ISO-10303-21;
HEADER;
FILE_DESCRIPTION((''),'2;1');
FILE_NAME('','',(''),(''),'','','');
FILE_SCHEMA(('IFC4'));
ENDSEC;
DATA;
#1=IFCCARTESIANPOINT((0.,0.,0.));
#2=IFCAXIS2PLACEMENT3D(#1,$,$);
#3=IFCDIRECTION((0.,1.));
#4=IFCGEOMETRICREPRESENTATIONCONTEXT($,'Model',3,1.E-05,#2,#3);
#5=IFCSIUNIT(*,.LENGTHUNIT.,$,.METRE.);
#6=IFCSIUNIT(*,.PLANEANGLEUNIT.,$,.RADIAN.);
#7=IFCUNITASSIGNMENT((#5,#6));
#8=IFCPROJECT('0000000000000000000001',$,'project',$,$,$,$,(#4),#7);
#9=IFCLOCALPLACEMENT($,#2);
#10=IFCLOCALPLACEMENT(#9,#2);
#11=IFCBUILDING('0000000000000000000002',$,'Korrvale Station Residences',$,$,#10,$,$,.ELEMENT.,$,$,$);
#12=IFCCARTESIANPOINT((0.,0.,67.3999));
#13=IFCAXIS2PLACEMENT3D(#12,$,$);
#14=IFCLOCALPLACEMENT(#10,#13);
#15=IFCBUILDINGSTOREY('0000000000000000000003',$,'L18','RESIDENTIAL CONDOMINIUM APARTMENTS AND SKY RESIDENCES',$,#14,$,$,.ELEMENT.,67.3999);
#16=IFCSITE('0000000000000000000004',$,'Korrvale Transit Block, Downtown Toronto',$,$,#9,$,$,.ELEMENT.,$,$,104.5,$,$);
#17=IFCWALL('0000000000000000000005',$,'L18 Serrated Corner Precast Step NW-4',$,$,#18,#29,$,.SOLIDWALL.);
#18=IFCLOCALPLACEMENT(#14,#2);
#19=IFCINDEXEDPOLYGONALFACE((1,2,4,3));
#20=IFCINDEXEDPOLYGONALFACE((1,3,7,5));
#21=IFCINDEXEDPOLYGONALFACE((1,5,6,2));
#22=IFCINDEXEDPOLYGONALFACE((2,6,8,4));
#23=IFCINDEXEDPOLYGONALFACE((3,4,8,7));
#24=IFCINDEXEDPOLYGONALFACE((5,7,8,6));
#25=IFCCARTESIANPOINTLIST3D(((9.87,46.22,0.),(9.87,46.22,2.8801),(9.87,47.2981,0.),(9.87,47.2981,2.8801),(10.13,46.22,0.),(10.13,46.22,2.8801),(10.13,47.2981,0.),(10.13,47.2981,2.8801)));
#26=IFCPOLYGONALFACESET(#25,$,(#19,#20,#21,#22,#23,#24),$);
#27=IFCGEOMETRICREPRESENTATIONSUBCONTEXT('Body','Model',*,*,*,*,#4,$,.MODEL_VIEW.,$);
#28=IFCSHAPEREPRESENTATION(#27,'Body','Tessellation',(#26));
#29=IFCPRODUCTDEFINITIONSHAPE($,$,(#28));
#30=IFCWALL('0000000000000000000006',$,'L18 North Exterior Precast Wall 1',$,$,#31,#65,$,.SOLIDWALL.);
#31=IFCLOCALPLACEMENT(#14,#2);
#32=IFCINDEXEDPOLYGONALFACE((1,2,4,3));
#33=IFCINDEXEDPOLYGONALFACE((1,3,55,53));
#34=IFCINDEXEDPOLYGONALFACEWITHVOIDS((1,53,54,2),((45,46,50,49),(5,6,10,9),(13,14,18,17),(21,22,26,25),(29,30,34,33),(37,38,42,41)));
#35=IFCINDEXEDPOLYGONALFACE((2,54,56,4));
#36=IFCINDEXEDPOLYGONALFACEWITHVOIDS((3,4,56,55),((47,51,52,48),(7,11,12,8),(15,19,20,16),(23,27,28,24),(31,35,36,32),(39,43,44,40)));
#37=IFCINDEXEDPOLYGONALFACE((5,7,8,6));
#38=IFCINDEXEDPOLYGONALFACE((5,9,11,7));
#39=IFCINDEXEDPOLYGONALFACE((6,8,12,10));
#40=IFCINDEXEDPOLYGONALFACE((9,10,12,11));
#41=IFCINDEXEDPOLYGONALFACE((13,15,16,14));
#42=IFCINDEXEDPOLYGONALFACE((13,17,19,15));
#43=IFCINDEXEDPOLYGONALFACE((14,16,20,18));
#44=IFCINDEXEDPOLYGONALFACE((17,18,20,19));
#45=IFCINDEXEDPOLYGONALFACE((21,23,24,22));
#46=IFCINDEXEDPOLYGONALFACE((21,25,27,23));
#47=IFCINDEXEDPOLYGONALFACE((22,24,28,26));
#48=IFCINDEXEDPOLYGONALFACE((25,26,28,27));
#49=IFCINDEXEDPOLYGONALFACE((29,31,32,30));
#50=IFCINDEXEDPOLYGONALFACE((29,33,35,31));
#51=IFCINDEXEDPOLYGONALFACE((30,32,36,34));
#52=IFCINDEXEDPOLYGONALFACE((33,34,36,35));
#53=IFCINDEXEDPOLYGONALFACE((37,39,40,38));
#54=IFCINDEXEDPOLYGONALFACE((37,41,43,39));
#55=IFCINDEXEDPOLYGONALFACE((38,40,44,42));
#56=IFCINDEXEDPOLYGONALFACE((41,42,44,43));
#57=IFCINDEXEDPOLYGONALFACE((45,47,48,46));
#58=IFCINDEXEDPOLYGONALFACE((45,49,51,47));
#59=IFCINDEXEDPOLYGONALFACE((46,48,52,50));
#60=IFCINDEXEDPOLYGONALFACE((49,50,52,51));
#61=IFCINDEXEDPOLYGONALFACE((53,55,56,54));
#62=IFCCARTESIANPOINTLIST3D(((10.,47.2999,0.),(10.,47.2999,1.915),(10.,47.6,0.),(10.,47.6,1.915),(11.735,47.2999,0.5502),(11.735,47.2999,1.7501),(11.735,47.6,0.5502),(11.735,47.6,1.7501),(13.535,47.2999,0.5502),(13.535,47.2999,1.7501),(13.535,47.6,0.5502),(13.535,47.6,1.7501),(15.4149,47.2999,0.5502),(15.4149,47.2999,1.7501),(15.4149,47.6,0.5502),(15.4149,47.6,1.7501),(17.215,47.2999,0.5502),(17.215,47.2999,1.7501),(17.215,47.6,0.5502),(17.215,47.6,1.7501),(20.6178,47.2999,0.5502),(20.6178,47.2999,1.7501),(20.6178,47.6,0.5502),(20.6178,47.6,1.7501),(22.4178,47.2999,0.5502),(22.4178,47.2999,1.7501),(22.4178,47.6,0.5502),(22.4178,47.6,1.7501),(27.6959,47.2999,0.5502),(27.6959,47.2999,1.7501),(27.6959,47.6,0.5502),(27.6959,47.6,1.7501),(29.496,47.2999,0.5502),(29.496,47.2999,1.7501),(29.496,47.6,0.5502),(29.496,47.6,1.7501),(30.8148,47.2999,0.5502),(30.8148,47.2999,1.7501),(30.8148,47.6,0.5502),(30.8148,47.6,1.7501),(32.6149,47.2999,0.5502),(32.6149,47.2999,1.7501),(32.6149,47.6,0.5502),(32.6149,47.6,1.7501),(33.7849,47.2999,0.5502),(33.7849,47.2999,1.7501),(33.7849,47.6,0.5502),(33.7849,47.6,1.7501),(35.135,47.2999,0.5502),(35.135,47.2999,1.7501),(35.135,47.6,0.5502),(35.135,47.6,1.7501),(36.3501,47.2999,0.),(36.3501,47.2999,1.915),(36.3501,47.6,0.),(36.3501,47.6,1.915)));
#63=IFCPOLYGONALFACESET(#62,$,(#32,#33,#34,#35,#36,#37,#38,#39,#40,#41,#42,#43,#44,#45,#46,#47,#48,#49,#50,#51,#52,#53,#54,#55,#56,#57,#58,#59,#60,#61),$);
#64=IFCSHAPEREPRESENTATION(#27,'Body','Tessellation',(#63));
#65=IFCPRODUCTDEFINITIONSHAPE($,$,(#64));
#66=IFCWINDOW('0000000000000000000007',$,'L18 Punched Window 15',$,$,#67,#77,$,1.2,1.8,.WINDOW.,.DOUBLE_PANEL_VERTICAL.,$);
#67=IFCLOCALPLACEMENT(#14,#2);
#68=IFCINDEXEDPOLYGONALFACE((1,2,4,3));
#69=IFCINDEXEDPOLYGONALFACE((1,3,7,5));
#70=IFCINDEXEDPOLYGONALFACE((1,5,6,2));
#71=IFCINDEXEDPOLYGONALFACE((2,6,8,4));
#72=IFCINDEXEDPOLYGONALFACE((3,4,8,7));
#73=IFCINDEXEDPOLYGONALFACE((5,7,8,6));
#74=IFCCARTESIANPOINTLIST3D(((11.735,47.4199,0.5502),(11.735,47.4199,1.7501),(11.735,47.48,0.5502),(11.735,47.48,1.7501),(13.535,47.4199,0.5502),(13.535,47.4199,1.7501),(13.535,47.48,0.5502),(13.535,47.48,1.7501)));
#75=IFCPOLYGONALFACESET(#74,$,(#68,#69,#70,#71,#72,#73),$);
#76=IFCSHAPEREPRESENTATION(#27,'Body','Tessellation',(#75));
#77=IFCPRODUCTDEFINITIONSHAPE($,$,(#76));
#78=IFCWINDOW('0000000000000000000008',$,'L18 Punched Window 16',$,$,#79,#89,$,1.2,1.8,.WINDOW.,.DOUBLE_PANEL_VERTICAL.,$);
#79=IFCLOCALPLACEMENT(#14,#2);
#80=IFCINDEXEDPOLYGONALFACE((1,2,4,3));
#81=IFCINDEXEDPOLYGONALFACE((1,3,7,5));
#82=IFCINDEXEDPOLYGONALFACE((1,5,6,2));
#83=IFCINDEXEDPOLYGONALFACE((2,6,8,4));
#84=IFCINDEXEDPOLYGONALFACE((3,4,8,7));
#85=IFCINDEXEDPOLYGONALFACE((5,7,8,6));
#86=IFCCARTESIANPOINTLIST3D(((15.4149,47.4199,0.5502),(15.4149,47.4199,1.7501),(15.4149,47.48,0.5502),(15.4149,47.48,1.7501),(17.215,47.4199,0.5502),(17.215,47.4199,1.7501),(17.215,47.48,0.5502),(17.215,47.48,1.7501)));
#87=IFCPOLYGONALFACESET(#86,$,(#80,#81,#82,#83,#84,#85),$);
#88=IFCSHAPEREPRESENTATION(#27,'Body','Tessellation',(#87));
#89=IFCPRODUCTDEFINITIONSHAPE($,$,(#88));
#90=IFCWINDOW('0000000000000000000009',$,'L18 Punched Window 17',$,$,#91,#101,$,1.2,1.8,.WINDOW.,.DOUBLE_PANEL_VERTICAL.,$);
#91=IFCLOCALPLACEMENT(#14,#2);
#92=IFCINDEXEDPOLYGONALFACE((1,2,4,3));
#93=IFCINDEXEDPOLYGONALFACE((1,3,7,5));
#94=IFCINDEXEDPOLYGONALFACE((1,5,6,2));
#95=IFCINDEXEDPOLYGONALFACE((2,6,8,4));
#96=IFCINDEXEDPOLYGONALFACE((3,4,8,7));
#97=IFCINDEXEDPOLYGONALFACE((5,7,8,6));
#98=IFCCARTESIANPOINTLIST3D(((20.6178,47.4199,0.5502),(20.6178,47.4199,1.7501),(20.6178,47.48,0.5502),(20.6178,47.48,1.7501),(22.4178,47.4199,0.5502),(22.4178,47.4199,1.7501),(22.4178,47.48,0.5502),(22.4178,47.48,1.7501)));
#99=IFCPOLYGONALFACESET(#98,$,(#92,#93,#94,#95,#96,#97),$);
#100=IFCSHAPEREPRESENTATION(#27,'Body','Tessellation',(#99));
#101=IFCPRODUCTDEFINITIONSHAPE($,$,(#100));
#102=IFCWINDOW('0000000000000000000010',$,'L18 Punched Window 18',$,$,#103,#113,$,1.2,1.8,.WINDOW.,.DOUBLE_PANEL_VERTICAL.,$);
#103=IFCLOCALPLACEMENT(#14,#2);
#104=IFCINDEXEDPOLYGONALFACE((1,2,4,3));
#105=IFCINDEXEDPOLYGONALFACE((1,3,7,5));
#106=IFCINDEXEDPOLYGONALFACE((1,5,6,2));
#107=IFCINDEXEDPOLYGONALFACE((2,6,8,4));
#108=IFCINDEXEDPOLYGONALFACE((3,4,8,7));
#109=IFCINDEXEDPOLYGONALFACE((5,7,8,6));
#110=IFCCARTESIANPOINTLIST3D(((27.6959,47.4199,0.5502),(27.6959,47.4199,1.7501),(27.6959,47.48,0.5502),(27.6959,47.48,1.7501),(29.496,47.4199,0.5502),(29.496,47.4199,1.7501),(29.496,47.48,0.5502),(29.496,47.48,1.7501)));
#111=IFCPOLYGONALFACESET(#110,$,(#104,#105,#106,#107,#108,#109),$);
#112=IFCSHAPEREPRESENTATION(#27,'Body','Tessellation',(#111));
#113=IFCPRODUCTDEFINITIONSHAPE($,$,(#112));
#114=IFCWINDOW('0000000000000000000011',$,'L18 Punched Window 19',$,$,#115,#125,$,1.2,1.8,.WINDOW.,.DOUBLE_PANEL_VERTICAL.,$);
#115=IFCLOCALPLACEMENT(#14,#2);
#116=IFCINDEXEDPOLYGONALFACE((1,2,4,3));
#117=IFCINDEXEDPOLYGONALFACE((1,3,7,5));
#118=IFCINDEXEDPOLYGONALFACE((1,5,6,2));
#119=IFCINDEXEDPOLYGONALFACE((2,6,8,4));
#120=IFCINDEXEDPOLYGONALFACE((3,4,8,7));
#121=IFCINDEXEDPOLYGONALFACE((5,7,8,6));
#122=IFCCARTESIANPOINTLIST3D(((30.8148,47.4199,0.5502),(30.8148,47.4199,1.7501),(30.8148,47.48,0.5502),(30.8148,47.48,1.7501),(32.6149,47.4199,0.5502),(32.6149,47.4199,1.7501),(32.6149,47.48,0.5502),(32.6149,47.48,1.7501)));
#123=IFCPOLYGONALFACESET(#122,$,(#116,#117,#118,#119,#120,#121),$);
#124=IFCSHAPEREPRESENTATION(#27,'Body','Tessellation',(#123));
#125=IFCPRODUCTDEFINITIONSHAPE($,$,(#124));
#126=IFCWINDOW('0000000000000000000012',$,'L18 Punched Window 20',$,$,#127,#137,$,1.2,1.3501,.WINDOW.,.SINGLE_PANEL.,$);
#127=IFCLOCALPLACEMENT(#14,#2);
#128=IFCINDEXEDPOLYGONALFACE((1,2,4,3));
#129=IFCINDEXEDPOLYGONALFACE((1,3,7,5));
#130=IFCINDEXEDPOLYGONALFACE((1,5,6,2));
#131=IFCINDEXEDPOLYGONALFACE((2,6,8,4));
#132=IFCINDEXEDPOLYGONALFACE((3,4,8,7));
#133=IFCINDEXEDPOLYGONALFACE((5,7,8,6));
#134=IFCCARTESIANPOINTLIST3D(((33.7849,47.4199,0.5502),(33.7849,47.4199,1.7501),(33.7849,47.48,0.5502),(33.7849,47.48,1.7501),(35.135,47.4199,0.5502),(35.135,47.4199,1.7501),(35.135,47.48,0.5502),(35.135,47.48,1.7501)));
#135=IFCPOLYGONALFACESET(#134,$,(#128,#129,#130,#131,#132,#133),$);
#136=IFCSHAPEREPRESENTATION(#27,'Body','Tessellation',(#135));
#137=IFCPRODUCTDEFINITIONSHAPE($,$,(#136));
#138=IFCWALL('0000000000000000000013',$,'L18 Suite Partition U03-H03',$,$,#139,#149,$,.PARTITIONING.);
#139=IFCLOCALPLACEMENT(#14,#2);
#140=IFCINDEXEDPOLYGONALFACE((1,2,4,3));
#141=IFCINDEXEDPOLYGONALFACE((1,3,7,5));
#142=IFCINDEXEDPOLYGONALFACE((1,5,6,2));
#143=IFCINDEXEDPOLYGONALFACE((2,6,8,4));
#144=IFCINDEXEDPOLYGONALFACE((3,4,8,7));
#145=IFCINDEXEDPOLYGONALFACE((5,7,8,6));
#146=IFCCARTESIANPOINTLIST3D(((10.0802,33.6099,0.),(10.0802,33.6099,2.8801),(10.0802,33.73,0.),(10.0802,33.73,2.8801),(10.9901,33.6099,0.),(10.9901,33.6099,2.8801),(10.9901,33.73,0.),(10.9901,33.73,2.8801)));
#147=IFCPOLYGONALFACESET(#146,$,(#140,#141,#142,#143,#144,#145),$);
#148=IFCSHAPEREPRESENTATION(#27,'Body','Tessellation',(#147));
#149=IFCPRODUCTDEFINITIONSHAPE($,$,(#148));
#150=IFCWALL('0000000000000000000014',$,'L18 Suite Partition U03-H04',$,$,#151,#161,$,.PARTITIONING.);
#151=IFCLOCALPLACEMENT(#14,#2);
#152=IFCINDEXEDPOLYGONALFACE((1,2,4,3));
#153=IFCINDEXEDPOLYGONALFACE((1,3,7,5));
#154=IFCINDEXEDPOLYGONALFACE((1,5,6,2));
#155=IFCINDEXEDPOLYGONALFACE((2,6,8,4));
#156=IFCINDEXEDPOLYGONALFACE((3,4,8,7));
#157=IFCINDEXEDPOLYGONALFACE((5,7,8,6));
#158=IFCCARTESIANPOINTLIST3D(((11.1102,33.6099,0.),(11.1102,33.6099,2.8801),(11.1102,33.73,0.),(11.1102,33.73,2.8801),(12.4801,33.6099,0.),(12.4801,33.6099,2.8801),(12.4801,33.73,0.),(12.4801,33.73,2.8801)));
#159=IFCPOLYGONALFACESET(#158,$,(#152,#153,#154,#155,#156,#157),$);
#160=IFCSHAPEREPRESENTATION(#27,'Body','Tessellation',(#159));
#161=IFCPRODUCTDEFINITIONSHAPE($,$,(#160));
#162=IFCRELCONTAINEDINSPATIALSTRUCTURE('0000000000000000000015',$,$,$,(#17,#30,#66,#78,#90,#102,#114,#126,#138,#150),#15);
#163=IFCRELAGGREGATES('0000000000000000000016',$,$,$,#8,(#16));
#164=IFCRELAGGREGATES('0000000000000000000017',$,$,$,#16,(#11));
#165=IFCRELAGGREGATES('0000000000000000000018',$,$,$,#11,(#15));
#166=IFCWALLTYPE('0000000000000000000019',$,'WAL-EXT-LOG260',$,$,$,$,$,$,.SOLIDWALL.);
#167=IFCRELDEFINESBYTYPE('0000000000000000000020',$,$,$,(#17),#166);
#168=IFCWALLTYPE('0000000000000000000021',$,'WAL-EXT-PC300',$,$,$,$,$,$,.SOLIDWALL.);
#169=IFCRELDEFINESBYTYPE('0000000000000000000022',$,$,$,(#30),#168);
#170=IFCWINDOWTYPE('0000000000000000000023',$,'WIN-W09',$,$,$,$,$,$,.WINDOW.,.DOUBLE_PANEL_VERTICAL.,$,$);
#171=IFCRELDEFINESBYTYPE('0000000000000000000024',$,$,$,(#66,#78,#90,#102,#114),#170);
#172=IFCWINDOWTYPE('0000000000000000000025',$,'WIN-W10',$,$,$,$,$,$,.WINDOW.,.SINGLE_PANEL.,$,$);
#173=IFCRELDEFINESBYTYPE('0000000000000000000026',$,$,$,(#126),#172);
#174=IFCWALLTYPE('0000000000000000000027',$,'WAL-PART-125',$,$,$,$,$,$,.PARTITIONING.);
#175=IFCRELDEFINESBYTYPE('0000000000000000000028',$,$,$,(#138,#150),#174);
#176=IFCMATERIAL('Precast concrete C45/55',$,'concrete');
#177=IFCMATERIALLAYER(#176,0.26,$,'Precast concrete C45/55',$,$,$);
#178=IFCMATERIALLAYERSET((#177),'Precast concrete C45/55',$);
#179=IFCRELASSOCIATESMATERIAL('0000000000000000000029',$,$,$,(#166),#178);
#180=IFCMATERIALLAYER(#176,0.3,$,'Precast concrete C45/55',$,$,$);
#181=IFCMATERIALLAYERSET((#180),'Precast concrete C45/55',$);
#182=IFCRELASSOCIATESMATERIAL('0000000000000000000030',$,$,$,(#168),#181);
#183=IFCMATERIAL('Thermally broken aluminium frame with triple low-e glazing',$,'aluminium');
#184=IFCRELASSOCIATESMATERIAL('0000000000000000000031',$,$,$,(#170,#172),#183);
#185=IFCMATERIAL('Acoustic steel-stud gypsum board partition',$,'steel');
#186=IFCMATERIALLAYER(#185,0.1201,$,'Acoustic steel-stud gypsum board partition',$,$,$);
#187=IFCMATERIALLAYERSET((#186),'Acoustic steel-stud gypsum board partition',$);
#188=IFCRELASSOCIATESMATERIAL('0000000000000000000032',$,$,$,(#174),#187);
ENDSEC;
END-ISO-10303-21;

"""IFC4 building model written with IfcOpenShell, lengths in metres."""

from ifc_helpers import new_model, si_unit, direction, frame, frame_2d, origin, place, context, subcontext, project, spatial, rectangle, extrude, material, layer, layer_set, type_object, element, fill, save


model = new_model("IFC4")

# Units and contexts
model_context = context("Model", 3, precision=1e-05, world=origin(), true_north=direction((0.0, 1.0)))
body_context = subcontext(model_context, "Body", "Model", "MODEL_VIEW")
ifc_project = project(units=[si_unit("LENGTHUNIT", "METRE"), si_unit("PLANEANGLEUNIT", "RADIAN")], contexts=[model_context])

# Site, building, storey
site_placement = place(None, origin())
site = spatial("IfcSite", under=ifc_project, at=site_placement, Name="Korrvale Transit Block, Downtown Toronto", CompositionType="ELEMENT", RefElevation=104.5)
building_placement = place(site_placement, origin())
building = spatial("IfcBuilding", under=site, at=building_placement, Name="Korrvale Station Residences", CompositionType="ELEMENT")
storey_placement = place(building_placement, frame((0.0, 0.0, 67.3999)))
storey = spatial("IfcBuildingStorey", under=building, at=storey_placement, Name="L18", Description="RESIDENTIAL CONDOMINIUM APARTMENTS AND SKY RESIDENCES", CompositionType="ELEMENT", Elevation=67.3999)

# Wall
ifc_material_1 = material(Name="Precast concrete C45/55", Category="concrete")
ifc_layer_1 = layer(ifc_material_1, 0.26, Name="Precast concrete C45/55")
ifc_layer_set_1 = layer_set([ifc_layer_1], Name="Precast concrete C45/55")
wall_type_1 = type_object("IfcWallType", Name="WAL-EXT-LOG260", PredefinedType="SOLIDWALL", material=ifc_layer_set_1)
wall_1_placement = place(storey_placement, frame((10.0, 46.22, 0.0), z_axis=(0.0, 0.0, 1.0), x_axis=(0.0, 1.0, 0.0)))
element("IfcWall", 1, at=wall_1_placement, inside=storey, type_object=wall_type_1, Name="L18 Serrated Corner Precast Step NW-4", PredefinedType="SOLIDWALL", context=body_context, shape_type="SweptSolid", body=[
    extrude(rectangle(XDim=1.0781, YDim=0.26, at=frame_2d((0.5391, 0.0))), origin(), (0.0, 0.0, 1.0), 2.8801),
])

# Wall, openings, windows
ifc_layer_2 = layer(ifc_material_1, 0.3, Name="Precast concrete C45/55")
ifc_layer_set_2 = layer_set([ifc_layer_2], Name="Precast concrete C45/55")
wall_type_2 = type_object("IfcWallType", Name="WAL-EXT-PC300", PredefinedType="SOLIDWALL", material=ifc_layer_set_2)
wall_2_placement = place(storey_placement, frame((10.0, 47.45, 0.0), z_axis=(0.0, 0.0, 1.0), x_axis=(1.0, 0.0, 0.0)))
wall_2 = element("IfcWall", 2, at=wall_2_placement, inside=storey, type_object=wall_type_2, Name="L18 North Exterior Precast Wall 1", PredefinedType="SOLIDWALL", context=body_context, shape_type="SweptSolid", body=[
    extrude(rectangle(XDim=26.3501, YDim=0.3, at=frame_2d((13.175, 0.0))), origin(), (0.0, 0.0, 1.0), 1.915),
])
opening_1_placement = place(wall_2_placement, frame((1.7351, 0.0, 0.55)))
opening_1 = element("IfcOpeningElement", 3, at=opening_1_placement, cuts=wall_2, PredefinedType="OPENING", context=body_context, shape_type="SweptSolid", body=[
    extrude(rectangle(XDim=1.8, YDim=1.2, at=frame_2d((0.8999, 0.6001))), frame((0.0, 0.1602, 0.0), z_axis=(0.0, -1.0, 0.0), x_axis=(1.0, 0.0, 0.0)), (0.0, 0.0, 1.0), 0.3201),
])
opening_2_placement = place(wall_2_placement, frame((5.415, 0.0, 0.55)))
opening_2 = element("IfcOpeningElement", 4, at=opening_2_placement, cuts=wall_2, PredefinedType="OPENING", context=body_context, shape_type="SweptSolid", body=[
    extrude(rectangle(XDim=1.8, YDim=1.2, at=frame_2d((0.8999, 0.6001))), frame((0.0, 0.1602, 0.0), z_axis=(0.0, -1.0, 0.0), x_axis=(1.0, 0.0, 0.0)), (0.0, 0.0, 1.0), 0.3201),
])
opening_3_placement = place(wall_2_placement, frame((10.6179, 0.0, 0.55)))
opening_3 = element("IfcOpeningElement", 5, at=opening_3_placement, cuts=wall_2, PredefinedType="OPENING", context=body_context, shape_type="SweptSolid", body=[
    extrude(rectangle(XDim=1.8, YDim=1.2, at=frame_2d((0.8999, 0.6001))), frame((0.0, 0.1602, 0.0), z_axis=(0.0, -1.0, 0.0), x_axis=(1.0, 0.0, 0.0)), (0.0, 0.0, 1.0), 0.3201),
])
opening_4_placement = place(wall_2_placement, frame((17.696, 0.0, 0.55)))
opening_4 = element("IfcOpeningElement", 6, at=opening_4_placement, cuts=wall_2, PredefinedType="OPENING", context=body_context, shape_type="SweptSolid", body=[
    extrude(rectangle(XDim=1.8, YDim=1.2, at=frame_2d((0.8999, 0.6001))), frame((0.0, 0.1602, 0.0), z_axis=(0.0, -1.0, 0.0), x_axis=(1.0, 0.0, 0.0)), (0.0, 0.0, 1.0), 0.3201),
])
opening_5_placement = place(wall_2_placement, frame((20.8149, 0.0, 0.55)))
opening_5 = element("IfcOpeningElement", 7, at=opening_5_placement, cuts=wall_2, PredefinedType="OPENING", context=body_context, shape_type="SweptSolid", body=[
    extrude(rectangle(XDim=1.8, YDim=1.2, at=frame_2d((0.8999, 0.6001))), frame((0.0, 0.1602, 0.0), z_axis=(0.0, -1.0, 0.0), x_axis=(1.0, 0.0, 0.0)), (0.0, 0.0, 1.0), 0.3201),
])
opening_6_placement = place(wall_2_placement, frame((23.7849, 0.0, 0.55)))
opening_6 = element("IfcOpeningElement", 8, at=opening_6_placement, cuts=wall_2, PredefinedType="OPENING", context=body_context, shape_type="SweptSolid", body=[
    extrude(rectangle(XDim=1.3501, YDim=1.2, at=frame_2d((0.675, 0.6001))), frame((0.0, 0.1602, 0.0), z_axis=(0.0, -1.0, 0.0), x_axis=(1.0, 0.0, 0.0)), (0.0, 0.0, 1.0), 0.3201),
])
ifc_material_2 = material(Name="Thermally broken aluminium frame with triple low-e glazing", Category="aluminium")
window_type_1 = type_object("IfcWindowType", Name="WIN-W09", PartitioningType="DOUBLE_PANEL_VERTICAL", PredefinedType="WINDOW", material=ifc_material_2)
window_1_placement = place(opening_1_placement, origin())
window_1 = element("IfcWindow", 9, at=window_1_placement, inside=storey, type_object=window_type_1, Name="L18 Punched Window 15", OverallHeight=1.2, OverallWidth=1.8, PartitioningType="DOUBLE_PANEL_VERTICAL", PredefinedType="WINDOW", context=body_context, shape_type="SweptSolid", body=[
    extrude(rectangle(XDim=1.8, YDim=1.2, at=frame_2d((0.8999, 0.6001))), frame((0.0, 0.03, 0.0), z_axis=(0.0, -1.0, 0.0), x_axis=(1.0, 0.0, 0.0)), (0.0, 0.0, 1.0), 0.0601),
])
fill(opening_1, window_1)
window_2_placement = place(opening_2_placement, origin())
window_2 = element("IfcWindow", 10, at=window_2_placement, inside=storey, type_object=window_type_1, Name="L18 Punched Window 16", OverallHeight=1.2, OverallWidth=1.8, PartitioningType="DOUBLE_PANEL_VERTICAL", PredefinedType="WINDOW", context=body_context, shape_type="SweptSolid", body=[
    extrude(rectangle(XDim=1.8, YDim=1.2, at=frame_2d((0.8999, 0.6001))), frame((0.0, 0.03, 0.0), z_axis=(0.0, -1.0, 0.0), x_axis=(1.0, 0.0, 0.0)), (0.0, 0.0, 1.0), 0.0601),
])
fill(opening_2, window_2)
window_3_placement = place(opening_3_placement, origin())
window_3 = element("IfcWindow", 11, at=window_3_placement, inside=storey, type_object=window_type_1, Name="L18 Punched Window 17", OverallHeight=1.2, OverallWidth=1.8, PartitioningType="DOUBLE_PANEL_VERTICAL", PredefinedType="WINDOW", context=body_context, shape_type="SweptSolid", body=[
    extrude(rectangle(XDim=1.8, YDim=1.2, at=frame_2d((0.8999, 0.6001))), frame((0.0, 0.03, 0.0), z_axis=(0.0, -1.0, 0.0), x_axis=(1.0, 0.0, 0.0)), (0.0, 0.0, 1.0), 0.0601),
])
fill(opening_3, window_3)
window_4_placement = place(opening_4_placement, origin())
window_4 = element("IfcWindow", 12, at=window_4_placement, inside=storey, type_object=window_type_1, Name="L18 Punched Window 18", OverallHeight=1.2, OverallWidth=1.8, PartitioningType="DOUBLE_PANEL_VERTICAL", PredefinedType="WINDOW", context=body_context, shape_type="SweptSolid", body=[
    extrude(rectangle(XDim=1.8, YDim=1.2, at=frame_2d((0.8999, 0.6001))), frame((0.0, 0.03, 0.0), z_axis=(0.0, -1.0, 0.0), x_axis=(1.0, 0.0, 0.0)), (0.0, 0.0, 1.0), 0.0601),
])
fill(opening_4, window_4)
window_5_placement = place(opening_5_placement, origin())
window_5 = element("IfcWindow", 13, at=window_5_placement, inside=storey, type_object=window_type_1, Name="L18 Punched Window 19", OverallHeight=1.2, OverallWidth=1.8, PartitioningType="DOUBLE_PANEL_VERTICAL", PredefinedType="WINDOW", context=body_context, shape_type="SweptSolid", body=[
    extrude(rectangle(XDim=1.8, YDim=1.2, at=frame_2d((0.8999, 0.6001))), frame((0.0, 0.03, 0.0), z_axis=(0.0, -1.0, 0.0), x_axis=(1.0, 0.0, 0.0)), (0.0, 0.0, 1.0), 0.0601),
])
fill(opening_5, window_5)
window_type_2 = type_object("IfcWindowType", Name="WIN-W10", PartitioningType="SINGLE_PANEL", PredefinedType="WINDOW", material=ifc_material_2)
window_6_placement = place(opening_6_placement, origin())
window_6 = element("IfcWindow", 14, at=window_6_placement, inside=storey, type_object=window_type_2, Name="L18 Punched Window 20", OverallHeight=1.2, OverallWidth=1.3501, PartitioningType="SINGLE_PANEL", PredefinedType="WINDOW", context=body_context, shape_type="SweptSolid", body=[
    extrude(rectangle(XDim=1.3501, YDim=1.2, at=frame_2d((0.675, 0.6001))), frame((0.0, 0.03, 0.0), z_axis=(0.0, -1.0, 0.0), x_axis=(1.0, 0.0, 0.0)), (0.0, 0.0, 1.0), 0.0601),
])
fill(opening_6, window_6)

# Walls
ifc_material_3 = material(Name="Acoustic steel-stud gypsum board partition", Category="steel")
ifc_layer_3 = layer(ifc_material_3, 0.1201, Name="Acoustic steel-stud gypsum board partition")
ifc_layer_set_3 = layer_set([ifc_layer_3], Name="Acoustic steel-stud gypsum board partition")
wall_type_3 = type_object("IfcWallType", Name="WAL-PART-125", PredefinedType="PARTITIONING", material=ifc_layer_set_3)
wall_3_placement = place(storey_placement, frame((10.0801, 33.6699, 0.0), z_axis=(0.0, 0.0, 1.0), x_axis=(1.0, 0.0, 0.0)))
element("IfcWall", 15, at=wall_3_placement, inside=storey, type_object=wall_type_3, Name="L18 Suite Partition U03-H03", PredefinedType="PARTITIONING", context=body_context, shape_type="SweptSolid", body=[
    extrude(rectangle(XDim=0.9099, YDim=0.1201, at=frame_2d((0.4551, 0.0))), origin(), (0.0, 0.0, 1.0), 2.8801),
])
wall_4_placement = place(storey_placement, frame((11.1101, 33.6699, 0.0), z_axis=(0.0, 0.0, 1.0), x_axis=(1.0, 0.0, 0.0)))
element("IfcWall", 16, at=wall_4_placement, inside=storey, type_object=wall_type_3, Name="L18 Suite Partition U03-H04", PredefinedType="PARTITIONING", context=body_context, shape_type="SweptSolid", body=[
    extrude(rectangle(XDim=1.3699, YDim=0.1201, at=frame_2d((0.6851, 0.0))), origin(), (0.0, 0.0, 1.0), 2.8801),
])

save(model, "model.ifc")
